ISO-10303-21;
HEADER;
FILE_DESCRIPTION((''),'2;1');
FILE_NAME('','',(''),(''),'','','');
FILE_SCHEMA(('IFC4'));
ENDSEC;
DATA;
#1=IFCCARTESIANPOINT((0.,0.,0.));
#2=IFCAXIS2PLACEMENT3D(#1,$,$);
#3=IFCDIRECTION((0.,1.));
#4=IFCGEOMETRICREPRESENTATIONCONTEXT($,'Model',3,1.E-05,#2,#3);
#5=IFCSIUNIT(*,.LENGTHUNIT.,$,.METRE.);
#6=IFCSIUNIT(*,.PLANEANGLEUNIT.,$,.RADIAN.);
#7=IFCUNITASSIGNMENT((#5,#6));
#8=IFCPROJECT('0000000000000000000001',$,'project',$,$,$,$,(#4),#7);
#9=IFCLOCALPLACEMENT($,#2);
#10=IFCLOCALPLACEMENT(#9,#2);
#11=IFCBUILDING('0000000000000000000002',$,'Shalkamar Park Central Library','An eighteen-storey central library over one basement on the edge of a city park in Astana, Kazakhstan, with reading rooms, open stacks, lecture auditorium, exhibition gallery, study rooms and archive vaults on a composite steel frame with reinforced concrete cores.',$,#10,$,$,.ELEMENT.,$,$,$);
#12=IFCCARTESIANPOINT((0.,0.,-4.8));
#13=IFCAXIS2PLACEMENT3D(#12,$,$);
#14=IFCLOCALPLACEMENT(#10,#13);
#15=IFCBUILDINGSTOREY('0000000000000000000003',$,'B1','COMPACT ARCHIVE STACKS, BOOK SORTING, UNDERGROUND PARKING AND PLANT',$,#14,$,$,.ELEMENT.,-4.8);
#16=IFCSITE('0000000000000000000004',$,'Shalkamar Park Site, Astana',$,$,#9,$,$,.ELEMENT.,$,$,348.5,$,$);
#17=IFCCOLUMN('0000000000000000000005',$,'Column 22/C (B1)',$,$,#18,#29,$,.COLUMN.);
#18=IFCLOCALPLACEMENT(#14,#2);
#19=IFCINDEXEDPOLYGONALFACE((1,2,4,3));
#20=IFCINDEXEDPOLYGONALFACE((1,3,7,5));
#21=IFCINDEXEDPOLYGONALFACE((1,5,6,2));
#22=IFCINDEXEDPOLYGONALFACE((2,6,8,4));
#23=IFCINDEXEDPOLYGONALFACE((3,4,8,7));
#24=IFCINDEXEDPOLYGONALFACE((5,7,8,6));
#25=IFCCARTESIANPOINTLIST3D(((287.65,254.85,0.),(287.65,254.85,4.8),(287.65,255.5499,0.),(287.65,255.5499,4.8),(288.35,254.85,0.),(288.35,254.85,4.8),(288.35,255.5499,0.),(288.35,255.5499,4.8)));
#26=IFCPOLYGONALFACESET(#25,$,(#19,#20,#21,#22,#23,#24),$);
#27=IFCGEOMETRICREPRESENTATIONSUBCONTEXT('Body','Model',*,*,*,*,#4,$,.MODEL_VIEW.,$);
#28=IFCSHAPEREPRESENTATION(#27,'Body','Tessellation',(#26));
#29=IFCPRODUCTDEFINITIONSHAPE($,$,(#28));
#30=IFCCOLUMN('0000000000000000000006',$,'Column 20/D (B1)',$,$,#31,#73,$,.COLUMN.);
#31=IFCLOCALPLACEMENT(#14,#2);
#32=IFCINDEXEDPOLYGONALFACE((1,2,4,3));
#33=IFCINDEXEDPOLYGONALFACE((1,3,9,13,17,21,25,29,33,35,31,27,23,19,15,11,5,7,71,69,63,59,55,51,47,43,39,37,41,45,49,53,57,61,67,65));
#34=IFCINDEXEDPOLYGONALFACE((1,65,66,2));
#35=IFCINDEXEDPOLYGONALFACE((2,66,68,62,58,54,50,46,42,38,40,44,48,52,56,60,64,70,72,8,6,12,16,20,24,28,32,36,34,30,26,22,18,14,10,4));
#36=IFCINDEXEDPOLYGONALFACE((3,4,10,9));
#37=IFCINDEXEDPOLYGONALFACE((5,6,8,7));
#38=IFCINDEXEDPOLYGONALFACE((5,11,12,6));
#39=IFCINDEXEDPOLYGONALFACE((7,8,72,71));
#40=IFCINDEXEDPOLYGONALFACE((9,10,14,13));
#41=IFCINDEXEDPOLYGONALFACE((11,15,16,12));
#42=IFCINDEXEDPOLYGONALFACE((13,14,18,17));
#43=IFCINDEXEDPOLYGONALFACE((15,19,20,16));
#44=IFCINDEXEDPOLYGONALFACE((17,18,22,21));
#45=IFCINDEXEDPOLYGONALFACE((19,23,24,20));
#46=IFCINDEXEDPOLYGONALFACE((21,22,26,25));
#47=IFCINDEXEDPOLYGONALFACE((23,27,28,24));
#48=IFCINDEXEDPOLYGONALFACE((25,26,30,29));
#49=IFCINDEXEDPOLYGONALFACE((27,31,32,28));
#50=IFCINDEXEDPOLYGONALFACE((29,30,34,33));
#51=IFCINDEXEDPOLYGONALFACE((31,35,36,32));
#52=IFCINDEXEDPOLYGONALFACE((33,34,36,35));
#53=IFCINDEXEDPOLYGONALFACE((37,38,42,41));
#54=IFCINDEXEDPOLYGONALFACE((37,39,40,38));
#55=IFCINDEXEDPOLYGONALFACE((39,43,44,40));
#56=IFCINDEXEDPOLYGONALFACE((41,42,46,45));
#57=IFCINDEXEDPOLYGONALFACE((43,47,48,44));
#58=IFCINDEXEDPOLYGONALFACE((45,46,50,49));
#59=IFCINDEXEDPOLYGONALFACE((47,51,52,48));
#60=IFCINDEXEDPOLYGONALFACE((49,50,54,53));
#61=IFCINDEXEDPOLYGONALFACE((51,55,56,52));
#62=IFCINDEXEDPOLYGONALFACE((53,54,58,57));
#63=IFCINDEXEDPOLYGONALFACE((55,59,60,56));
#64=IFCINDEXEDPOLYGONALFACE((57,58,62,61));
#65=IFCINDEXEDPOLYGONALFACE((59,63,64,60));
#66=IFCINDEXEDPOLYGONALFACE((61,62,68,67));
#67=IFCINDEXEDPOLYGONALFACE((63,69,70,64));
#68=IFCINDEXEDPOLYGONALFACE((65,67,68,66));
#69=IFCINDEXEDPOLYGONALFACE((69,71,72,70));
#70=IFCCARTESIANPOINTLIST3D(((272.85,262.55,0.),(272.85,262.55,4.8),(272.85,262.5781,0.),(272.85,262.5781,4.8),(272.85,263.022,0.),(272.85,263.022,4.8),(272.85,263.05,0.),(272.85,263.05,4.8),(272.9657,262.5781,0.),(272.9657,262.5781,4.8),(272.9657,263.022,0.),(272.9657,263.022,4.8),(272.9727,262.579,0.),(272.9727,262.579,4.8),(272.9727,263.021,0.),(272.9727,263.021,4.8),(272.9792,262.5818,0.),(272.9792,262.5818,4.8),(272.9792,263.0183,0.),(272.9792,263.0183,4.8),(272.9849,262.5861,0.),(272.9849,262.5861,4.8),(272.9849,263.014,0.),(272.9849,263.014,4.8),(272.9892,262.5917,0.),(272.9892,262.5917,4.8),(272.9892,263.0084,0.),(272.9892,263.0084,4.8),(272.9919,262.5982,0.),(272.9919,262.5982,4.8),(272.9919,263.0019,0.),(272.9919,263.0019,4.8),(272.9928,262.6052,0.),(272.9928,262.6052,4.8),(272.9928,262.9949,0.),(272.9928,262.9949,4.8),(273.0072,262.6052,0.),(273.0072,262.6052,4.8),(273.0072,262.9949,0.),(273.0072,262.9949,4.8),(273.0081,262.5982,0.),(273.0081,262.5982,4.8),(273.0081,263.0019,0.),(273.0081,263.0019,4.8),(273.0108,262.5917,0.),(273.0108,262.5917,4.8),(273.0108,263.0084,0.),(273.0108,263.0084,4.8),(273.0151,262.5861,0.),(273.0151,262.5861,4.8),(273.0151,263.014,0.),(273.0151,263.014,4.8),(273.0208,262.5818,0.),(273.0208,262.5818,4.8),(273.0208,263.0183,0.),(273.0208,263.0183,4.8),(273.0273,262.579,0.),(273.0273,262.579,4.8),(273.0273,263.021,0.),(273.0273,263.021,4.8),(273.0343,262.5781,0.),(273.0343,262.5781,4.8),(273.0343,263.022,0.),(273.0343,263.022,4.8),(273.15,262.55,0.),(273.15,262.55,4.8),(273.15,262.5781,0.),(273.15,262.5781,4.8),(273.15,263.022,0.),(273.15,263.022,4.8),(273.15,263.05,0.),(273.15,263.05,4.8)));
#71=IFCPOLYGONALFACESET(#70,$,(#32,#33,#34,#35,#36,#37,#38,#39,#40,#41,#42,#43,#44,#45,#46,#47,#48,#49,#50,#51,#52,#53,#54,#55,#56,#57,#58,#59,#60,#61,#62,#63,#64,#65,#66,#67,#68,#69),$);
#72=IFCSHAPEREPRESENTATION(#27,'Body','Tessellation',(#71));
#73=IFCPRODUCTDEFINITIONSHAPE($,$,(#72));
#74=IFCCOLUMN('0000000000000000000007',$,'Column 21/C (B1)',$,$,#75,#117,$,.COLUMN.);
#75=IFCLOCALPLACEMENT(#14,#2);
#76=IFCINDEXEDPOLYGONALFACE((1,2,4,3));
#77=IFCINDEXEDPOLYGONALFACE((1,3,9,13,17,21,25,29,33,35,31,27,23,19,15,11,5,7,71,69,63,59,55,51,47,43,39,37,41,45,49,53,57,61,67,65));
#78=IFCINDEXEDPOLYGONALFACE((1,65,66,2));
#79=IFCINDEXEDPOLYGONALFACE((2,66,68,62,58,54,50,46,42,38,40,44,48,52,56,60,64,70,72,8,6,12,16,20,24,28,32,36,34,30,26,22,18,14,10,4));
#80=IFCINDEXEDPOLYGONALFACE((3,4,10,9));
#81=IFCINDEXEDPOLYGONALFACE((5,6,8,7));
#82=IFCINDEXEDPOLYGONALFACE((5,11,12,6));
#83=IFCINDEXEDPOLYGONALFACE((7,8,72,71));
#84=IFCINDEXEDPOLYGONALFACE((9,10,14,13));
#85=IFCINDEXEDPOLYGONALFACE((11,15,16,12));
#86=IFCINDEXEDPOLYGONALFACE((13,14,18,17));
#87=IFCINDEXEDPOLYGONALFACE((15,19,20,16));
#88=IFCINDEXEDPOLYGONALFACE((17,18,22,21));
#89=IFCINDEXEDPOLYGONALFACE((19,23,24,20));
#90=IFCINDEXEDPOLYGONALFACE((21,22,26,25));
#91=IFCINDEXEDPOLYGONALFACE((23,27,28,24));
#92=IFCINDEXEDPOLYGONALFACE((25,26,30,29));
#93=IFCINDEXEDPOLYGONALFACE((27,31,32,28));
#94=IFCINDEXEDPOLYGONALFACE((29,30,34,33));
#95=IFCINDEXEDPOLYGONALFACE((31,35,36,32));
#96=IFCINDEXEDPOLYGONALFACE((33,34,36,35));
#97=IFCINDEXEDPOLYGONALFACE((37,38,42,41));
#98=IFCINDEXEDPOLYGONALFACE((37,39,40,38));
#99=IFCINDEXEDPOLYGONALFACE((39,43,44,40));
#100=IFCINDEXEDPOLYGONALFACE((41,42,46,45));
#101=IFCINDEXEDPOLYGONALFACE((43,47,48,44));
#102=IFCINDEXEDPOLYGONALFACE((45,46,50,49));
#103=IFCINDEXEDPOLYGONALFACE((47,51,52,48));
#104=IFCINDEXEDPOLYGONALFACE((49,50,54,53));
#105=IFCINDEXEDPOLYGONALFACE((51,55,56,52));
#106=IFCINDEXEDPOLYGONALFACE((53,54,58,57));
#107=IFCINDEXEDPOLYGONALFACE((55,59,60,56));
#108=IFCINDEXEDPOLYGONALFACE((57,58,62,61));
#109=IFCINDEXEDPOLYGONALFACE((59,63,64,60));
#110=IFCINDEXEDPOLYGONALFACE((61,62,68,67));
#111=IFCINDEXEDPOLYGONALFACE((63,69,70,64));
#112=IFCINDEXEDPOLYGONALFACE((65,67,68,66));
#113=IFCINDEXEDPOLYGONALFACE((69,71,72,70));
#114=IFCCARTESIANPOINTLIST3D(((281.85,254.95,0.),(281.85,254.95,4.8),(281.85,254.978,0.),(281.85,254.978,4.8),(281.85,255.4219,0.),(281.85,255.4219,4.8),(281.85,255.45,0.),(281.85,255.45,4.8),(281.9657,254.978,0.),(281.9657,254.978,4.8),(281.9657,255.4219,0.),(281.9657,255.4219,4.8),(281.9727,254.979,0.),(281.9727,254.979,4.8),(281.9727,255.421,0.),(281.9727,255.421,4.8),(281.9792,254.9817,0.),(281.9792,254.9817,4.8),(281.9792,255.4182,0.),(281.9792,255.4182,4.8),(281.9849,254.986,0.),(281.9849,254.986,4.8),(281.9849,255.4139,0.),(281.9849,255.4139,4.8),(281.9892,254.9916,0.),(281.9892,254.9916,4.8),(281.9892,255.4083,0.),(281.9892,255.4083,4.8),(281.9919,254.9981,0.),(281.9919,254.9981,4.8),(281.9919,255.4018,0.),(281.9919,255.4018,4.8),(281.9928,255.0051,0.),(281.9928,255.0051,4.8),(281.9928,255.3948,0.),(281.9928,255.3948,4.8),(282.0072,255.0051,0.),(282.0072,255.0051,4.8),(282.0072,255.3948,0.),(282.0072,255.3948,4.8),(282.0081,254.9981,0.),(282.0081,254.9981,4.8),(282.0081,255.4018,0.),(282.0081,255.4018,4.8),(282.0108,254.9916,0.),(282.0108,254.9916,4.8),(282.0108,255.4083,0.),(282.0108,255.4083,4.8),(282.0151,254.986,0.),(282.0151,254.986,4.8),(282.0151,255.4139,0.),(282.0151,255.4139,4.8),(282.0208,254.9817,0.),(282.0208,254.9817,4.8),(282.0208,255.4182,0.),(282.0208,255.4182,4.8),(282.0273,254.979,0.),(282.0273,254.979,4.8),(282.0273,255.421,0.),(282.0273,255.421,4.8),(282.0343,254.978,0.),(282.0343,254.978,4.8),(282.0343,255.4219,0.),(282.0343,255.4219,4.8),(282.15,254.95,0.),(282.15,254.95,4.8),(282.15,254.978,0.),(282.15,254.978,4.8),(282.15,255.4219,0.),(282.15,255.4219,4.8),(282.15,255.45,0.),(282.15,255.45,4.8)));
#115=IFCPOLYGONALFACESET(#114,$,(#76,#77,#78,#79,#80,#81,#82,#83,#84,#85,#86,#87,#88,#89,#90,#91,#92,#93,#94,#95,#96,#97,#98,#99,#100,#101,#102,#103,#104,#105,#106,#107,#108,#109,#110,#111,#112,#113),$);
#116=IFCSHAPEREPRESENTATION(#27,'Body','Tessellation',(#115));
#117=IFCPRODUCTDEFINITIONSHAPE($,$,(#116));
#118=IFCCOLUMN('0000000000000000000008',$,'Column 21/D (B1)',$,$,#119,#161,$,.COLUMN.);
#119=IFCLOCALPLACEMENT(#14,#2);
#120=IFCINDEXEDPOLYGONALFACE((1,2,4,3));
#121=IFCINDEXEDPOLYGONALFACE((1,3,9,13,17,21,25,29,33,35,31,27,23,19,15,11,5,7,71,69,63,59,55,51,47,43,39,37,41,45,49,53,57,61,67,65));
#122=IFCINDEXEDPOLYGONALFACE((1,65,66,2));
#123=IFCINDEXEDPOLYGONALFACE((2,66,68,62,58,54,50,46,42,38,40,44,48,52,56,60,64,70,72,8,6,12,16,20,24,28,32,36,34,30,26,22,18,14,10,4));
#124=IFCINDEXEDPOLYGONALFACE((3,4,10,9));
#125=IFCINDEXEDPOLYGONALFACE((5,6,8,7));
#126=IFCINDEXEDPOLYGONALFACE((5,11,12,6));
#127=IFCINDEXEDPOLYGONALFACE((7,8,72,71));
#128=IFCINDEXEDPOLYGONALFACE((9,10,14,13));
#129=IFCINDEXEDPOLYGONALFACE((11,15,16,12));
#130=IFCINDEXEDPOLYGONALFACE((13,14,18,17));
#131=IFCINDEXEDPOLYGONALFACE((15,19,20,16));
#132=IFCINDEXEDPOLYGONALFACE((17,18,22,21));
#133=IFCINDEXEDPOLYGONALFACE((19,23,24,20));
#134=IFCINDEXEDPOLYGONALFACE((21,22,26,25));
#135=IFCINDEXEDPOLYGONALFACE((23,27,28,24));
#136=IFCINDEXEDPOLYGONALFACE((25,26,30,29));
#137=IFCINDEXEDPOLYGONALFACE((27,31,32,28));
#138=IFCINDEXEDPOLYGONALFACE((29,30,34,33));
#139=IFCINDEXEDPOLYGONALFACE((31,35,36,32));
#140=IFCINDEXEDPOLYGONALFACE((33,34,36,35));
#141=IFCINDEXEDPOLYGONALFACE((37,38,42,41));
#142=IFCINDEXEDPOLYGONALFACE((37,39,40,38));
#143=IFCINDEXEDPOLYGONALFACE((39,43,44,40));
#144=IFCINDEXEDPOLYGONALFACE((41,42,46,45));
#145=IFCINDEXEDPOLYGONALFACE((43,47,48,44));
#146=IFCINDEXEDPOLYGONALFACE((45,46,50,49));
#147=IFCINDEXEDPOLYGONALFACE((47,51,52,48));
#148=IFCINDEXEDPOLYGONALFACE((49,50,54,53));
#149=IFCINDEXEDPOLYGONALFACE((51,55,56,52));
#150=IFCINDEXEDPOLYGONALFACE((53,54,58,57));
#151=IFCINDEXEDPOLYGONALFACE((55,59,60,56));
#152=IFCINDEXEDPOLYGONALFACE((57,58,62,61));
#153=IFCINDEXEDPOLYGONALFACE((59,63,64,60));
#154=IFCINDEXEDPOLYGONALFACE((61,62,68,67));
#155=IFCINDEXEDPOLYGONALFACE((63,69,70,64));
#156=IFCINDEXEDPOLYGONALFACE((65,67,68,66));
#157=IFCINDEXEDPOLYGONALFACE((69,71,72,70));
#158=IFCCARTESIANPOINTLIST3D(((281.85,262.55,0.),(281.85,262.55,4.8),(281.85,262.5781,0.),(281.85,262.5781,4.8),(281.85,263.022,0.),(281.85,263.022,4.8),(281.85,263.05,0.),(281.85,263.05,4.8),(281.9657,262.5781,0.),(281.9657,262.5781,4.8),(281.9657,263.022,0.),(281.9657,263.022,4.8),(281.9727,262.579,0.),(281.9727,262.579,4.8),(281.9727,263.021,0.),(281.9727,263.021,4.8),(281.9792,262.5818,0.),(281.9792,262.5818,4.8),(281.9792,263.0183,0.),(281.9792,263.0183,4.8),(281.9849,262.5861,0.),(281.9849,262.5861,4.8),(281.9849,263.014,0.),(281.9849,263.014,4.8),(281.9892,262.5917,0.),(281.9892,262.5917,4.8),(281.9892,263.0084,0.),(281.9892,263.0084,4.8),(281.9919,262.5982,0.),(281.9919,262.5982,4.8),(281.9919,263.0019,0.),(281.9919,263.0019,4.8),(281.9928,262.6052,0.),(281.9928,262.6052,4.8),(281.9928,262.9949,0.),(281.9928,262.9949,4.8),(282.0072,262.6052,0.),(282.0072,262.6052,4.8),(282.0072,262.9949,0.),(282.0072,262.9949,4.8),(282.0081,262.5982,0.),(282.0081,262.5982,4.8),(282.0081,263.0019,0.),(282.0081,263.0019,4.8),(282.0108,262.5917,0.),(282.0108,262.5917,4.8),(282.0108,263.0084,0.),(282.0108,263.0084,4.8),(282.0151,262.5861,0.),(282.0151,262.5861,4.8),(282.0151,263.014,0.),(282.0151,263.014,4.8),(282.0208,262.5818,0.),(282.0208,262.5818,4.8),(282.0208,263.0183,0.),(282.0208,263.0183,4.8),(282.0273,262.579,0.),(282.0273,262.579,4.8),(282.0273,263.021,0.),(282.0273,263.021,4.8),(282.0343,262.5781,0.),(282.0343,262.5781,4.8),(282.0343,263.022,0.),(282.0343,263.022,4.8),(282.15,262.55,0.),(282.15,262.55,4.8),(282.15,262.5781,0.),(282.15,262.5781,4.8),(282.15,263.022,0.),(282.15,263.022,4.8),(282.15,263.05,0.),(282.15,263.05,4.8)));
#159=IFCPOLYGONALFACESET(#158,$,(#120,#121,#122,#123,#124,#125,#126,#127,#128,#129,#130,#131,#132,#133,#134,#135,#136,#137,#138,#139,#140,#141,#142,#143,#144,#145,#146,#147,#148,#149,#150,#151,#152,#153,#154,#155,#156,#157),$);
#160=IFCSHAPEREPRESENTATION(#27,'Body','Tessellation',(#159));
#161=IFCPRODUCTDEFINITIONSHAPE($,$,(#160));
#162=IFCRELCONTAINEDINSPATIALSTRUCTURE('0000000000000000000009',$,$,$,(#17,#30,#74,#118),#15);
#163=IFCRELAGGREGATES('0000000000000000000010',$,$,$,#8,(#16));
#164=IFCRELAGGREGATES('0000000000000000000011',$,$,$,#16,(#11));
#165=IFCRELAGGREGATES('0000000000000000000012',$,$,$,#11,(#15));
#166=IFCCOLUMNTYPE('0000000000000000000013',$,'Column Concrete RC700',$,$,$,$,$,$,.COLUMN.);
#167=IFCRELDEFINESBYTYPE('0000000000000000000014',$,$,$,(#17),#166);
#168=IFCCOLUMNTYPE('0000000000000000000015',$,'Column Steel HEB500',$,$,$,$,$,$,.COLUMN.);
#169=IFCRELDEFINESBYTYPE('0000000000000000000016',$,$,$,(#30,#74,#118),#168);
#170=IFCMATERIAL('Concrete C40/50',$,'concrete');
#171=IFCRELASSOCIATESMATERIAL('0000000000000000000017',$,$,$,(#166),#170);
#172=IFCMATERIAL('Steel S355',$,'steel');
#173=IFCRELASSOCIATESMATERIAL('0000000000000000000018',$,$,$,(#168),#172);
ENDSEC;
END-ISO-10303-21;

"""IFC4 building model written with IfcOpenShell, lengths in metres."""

from ifc_helpers import new_model, si_unit, direction, frame, origin, origin_2d, place, context, subcontext, project, spatial, rectangle, i_section, extrude, material, material_profile, profile_set, type_object, element, save


model = new_model("IFC4")

# Units and contexts
model_context = context("Model", 3, precision=1e-05, world=origin(), true_north=direction((0.0, 1.0)))
body_context = subcontext(model_context, "Body", "Model", "MODEL_VIEW")
ifc_project = project(units=[si_unit("LENGTHUNIT", "METRE"), si_unit("PLANEANGLEUNIT", "RADIAN")], contexts=[model_context])

# Site, building, storey
site_placement = place(None, origin())
site = spatial("IfcSite", under=ifc_project, at=site_placement, Name="Shalkamar Park Site, Astana", CompositionType="ELEMENT", RefElevation=348.5)
building_placement = place(site_placement, origin())
building = spatial("IfcBuilding", under=site, at=building_placement, Name="Shalkamar Park Central Library", Description="An eighteen-storey central library over one basement on the edge of a city park in Astana, Kazakhstan, with reading rooms, open stacks, lecture auditorium, exhibition gallery, study rooms and archive vaults on a composite steel frame with reinforced concrete cores.", CompositionType="ELEMENT")
storey_placement = place(building_placement, frame((0.0, 0.0, -4.8)))
storey = spatial("IfcBuildingStorey", under=building, at=storey_placement, Name="B1", Description="COMPACT ARCHIVE STACKS, BOOK SORTING, UNDERGROUND PARKING AND PLANT", CompositionType="ELEMENT", Elevation=-4.8)

# Columns
ifc_material_1 = material(Name="Concrete C40/50", Category="concrete")
ifc_material_profile_1 = material_profile(ifc_material_1, rectangle(XDim=0.7, YDim=0.7, at=origin_2d()), Name="RC 700x700")
ifc_profile_set_1 = profile_set([ifc_material_profile_1], Name="Concrete C40/50")
column_type_1 = type_object("IfcColumnType", Name="Column Concrete RC700", PredefinedType="COLUMN", material=ifc_profile_set_1)
column_placement = place(storey_placement, frame((288.0, 255.2, 0.0), z_axis=(0.0, 0.0, 1.0), x_axis=(1.0, 0.0, 0.0)))
element("IfcColumn", 1, at=column_placement, inside=storey, type_object=column_type_1, Name="Column 22/C (B1)", PredefinedType="COLUMN", context=body_context, shape_type="SweptSolid", body=[
    extrude(rectangle(XDim=0.7, YDim=0.7, at=origin_2d()), origin(), (0.0, 0.0, 1.0), 4.8),
])
ifc_material_2 = material(Name="Steel S355", Category="steel")
ifc_material_profile_2 = material_profile(ifc_material_2, i_section(OverallWidth=0.3, OverallDepth=0.5, WebThickness=0.0144, FlangeThickness=0.0281, FilletRadius=0.0271, at=origin_2d()), Name="HEB 500")
ifc_profile_set_2 = profile_set([ifc_material_profile_2], Name="Steel S355")
column_type_2 = type_object("IfcColumnType", Name="Column Steel HEB500", PredefinedType="COLUMN", material=ifc_profile_set_2)
for number, where, z_axis, x_axis, name in (
    (2, (273.0, 262.8, 0.0), (0.0, 0.0, 1.0), (1.0, 0.0, 0.0), "Column 20/D (B1)"),
    (3, (282.0, 255.2, 0.0), (0.0, 0.0, 1.0), (1.0, 0.0, 0.0), "Column 21/C (B1)"),
    (4, (282.0, 262.8, 0.0), (0.0, 0.0, 1.0), (1.0, 0.0, 0.0), "Column 21/D (B1)"),
):
    element("IfcColumn", number, at=place(storey_placement, frame(where, z_axis=z_axis, x_axis=x_axis)), inside=storey, type_object=column_type_2, Name=name, PredefinedType="COLUMN", context=body_context, shape_type="SweptSolid", body=[
        extrude(i_section(OverallWidth=0.3, OverallDepth=0.5, WebThickness=0.0144, FlangeThickness=0.0281, FilletRadius=0.0271, at=origin_2d()), origin(), (0.0, 0.0, 1.0), 4.8),
    ])

save(model, "model.ifc")
